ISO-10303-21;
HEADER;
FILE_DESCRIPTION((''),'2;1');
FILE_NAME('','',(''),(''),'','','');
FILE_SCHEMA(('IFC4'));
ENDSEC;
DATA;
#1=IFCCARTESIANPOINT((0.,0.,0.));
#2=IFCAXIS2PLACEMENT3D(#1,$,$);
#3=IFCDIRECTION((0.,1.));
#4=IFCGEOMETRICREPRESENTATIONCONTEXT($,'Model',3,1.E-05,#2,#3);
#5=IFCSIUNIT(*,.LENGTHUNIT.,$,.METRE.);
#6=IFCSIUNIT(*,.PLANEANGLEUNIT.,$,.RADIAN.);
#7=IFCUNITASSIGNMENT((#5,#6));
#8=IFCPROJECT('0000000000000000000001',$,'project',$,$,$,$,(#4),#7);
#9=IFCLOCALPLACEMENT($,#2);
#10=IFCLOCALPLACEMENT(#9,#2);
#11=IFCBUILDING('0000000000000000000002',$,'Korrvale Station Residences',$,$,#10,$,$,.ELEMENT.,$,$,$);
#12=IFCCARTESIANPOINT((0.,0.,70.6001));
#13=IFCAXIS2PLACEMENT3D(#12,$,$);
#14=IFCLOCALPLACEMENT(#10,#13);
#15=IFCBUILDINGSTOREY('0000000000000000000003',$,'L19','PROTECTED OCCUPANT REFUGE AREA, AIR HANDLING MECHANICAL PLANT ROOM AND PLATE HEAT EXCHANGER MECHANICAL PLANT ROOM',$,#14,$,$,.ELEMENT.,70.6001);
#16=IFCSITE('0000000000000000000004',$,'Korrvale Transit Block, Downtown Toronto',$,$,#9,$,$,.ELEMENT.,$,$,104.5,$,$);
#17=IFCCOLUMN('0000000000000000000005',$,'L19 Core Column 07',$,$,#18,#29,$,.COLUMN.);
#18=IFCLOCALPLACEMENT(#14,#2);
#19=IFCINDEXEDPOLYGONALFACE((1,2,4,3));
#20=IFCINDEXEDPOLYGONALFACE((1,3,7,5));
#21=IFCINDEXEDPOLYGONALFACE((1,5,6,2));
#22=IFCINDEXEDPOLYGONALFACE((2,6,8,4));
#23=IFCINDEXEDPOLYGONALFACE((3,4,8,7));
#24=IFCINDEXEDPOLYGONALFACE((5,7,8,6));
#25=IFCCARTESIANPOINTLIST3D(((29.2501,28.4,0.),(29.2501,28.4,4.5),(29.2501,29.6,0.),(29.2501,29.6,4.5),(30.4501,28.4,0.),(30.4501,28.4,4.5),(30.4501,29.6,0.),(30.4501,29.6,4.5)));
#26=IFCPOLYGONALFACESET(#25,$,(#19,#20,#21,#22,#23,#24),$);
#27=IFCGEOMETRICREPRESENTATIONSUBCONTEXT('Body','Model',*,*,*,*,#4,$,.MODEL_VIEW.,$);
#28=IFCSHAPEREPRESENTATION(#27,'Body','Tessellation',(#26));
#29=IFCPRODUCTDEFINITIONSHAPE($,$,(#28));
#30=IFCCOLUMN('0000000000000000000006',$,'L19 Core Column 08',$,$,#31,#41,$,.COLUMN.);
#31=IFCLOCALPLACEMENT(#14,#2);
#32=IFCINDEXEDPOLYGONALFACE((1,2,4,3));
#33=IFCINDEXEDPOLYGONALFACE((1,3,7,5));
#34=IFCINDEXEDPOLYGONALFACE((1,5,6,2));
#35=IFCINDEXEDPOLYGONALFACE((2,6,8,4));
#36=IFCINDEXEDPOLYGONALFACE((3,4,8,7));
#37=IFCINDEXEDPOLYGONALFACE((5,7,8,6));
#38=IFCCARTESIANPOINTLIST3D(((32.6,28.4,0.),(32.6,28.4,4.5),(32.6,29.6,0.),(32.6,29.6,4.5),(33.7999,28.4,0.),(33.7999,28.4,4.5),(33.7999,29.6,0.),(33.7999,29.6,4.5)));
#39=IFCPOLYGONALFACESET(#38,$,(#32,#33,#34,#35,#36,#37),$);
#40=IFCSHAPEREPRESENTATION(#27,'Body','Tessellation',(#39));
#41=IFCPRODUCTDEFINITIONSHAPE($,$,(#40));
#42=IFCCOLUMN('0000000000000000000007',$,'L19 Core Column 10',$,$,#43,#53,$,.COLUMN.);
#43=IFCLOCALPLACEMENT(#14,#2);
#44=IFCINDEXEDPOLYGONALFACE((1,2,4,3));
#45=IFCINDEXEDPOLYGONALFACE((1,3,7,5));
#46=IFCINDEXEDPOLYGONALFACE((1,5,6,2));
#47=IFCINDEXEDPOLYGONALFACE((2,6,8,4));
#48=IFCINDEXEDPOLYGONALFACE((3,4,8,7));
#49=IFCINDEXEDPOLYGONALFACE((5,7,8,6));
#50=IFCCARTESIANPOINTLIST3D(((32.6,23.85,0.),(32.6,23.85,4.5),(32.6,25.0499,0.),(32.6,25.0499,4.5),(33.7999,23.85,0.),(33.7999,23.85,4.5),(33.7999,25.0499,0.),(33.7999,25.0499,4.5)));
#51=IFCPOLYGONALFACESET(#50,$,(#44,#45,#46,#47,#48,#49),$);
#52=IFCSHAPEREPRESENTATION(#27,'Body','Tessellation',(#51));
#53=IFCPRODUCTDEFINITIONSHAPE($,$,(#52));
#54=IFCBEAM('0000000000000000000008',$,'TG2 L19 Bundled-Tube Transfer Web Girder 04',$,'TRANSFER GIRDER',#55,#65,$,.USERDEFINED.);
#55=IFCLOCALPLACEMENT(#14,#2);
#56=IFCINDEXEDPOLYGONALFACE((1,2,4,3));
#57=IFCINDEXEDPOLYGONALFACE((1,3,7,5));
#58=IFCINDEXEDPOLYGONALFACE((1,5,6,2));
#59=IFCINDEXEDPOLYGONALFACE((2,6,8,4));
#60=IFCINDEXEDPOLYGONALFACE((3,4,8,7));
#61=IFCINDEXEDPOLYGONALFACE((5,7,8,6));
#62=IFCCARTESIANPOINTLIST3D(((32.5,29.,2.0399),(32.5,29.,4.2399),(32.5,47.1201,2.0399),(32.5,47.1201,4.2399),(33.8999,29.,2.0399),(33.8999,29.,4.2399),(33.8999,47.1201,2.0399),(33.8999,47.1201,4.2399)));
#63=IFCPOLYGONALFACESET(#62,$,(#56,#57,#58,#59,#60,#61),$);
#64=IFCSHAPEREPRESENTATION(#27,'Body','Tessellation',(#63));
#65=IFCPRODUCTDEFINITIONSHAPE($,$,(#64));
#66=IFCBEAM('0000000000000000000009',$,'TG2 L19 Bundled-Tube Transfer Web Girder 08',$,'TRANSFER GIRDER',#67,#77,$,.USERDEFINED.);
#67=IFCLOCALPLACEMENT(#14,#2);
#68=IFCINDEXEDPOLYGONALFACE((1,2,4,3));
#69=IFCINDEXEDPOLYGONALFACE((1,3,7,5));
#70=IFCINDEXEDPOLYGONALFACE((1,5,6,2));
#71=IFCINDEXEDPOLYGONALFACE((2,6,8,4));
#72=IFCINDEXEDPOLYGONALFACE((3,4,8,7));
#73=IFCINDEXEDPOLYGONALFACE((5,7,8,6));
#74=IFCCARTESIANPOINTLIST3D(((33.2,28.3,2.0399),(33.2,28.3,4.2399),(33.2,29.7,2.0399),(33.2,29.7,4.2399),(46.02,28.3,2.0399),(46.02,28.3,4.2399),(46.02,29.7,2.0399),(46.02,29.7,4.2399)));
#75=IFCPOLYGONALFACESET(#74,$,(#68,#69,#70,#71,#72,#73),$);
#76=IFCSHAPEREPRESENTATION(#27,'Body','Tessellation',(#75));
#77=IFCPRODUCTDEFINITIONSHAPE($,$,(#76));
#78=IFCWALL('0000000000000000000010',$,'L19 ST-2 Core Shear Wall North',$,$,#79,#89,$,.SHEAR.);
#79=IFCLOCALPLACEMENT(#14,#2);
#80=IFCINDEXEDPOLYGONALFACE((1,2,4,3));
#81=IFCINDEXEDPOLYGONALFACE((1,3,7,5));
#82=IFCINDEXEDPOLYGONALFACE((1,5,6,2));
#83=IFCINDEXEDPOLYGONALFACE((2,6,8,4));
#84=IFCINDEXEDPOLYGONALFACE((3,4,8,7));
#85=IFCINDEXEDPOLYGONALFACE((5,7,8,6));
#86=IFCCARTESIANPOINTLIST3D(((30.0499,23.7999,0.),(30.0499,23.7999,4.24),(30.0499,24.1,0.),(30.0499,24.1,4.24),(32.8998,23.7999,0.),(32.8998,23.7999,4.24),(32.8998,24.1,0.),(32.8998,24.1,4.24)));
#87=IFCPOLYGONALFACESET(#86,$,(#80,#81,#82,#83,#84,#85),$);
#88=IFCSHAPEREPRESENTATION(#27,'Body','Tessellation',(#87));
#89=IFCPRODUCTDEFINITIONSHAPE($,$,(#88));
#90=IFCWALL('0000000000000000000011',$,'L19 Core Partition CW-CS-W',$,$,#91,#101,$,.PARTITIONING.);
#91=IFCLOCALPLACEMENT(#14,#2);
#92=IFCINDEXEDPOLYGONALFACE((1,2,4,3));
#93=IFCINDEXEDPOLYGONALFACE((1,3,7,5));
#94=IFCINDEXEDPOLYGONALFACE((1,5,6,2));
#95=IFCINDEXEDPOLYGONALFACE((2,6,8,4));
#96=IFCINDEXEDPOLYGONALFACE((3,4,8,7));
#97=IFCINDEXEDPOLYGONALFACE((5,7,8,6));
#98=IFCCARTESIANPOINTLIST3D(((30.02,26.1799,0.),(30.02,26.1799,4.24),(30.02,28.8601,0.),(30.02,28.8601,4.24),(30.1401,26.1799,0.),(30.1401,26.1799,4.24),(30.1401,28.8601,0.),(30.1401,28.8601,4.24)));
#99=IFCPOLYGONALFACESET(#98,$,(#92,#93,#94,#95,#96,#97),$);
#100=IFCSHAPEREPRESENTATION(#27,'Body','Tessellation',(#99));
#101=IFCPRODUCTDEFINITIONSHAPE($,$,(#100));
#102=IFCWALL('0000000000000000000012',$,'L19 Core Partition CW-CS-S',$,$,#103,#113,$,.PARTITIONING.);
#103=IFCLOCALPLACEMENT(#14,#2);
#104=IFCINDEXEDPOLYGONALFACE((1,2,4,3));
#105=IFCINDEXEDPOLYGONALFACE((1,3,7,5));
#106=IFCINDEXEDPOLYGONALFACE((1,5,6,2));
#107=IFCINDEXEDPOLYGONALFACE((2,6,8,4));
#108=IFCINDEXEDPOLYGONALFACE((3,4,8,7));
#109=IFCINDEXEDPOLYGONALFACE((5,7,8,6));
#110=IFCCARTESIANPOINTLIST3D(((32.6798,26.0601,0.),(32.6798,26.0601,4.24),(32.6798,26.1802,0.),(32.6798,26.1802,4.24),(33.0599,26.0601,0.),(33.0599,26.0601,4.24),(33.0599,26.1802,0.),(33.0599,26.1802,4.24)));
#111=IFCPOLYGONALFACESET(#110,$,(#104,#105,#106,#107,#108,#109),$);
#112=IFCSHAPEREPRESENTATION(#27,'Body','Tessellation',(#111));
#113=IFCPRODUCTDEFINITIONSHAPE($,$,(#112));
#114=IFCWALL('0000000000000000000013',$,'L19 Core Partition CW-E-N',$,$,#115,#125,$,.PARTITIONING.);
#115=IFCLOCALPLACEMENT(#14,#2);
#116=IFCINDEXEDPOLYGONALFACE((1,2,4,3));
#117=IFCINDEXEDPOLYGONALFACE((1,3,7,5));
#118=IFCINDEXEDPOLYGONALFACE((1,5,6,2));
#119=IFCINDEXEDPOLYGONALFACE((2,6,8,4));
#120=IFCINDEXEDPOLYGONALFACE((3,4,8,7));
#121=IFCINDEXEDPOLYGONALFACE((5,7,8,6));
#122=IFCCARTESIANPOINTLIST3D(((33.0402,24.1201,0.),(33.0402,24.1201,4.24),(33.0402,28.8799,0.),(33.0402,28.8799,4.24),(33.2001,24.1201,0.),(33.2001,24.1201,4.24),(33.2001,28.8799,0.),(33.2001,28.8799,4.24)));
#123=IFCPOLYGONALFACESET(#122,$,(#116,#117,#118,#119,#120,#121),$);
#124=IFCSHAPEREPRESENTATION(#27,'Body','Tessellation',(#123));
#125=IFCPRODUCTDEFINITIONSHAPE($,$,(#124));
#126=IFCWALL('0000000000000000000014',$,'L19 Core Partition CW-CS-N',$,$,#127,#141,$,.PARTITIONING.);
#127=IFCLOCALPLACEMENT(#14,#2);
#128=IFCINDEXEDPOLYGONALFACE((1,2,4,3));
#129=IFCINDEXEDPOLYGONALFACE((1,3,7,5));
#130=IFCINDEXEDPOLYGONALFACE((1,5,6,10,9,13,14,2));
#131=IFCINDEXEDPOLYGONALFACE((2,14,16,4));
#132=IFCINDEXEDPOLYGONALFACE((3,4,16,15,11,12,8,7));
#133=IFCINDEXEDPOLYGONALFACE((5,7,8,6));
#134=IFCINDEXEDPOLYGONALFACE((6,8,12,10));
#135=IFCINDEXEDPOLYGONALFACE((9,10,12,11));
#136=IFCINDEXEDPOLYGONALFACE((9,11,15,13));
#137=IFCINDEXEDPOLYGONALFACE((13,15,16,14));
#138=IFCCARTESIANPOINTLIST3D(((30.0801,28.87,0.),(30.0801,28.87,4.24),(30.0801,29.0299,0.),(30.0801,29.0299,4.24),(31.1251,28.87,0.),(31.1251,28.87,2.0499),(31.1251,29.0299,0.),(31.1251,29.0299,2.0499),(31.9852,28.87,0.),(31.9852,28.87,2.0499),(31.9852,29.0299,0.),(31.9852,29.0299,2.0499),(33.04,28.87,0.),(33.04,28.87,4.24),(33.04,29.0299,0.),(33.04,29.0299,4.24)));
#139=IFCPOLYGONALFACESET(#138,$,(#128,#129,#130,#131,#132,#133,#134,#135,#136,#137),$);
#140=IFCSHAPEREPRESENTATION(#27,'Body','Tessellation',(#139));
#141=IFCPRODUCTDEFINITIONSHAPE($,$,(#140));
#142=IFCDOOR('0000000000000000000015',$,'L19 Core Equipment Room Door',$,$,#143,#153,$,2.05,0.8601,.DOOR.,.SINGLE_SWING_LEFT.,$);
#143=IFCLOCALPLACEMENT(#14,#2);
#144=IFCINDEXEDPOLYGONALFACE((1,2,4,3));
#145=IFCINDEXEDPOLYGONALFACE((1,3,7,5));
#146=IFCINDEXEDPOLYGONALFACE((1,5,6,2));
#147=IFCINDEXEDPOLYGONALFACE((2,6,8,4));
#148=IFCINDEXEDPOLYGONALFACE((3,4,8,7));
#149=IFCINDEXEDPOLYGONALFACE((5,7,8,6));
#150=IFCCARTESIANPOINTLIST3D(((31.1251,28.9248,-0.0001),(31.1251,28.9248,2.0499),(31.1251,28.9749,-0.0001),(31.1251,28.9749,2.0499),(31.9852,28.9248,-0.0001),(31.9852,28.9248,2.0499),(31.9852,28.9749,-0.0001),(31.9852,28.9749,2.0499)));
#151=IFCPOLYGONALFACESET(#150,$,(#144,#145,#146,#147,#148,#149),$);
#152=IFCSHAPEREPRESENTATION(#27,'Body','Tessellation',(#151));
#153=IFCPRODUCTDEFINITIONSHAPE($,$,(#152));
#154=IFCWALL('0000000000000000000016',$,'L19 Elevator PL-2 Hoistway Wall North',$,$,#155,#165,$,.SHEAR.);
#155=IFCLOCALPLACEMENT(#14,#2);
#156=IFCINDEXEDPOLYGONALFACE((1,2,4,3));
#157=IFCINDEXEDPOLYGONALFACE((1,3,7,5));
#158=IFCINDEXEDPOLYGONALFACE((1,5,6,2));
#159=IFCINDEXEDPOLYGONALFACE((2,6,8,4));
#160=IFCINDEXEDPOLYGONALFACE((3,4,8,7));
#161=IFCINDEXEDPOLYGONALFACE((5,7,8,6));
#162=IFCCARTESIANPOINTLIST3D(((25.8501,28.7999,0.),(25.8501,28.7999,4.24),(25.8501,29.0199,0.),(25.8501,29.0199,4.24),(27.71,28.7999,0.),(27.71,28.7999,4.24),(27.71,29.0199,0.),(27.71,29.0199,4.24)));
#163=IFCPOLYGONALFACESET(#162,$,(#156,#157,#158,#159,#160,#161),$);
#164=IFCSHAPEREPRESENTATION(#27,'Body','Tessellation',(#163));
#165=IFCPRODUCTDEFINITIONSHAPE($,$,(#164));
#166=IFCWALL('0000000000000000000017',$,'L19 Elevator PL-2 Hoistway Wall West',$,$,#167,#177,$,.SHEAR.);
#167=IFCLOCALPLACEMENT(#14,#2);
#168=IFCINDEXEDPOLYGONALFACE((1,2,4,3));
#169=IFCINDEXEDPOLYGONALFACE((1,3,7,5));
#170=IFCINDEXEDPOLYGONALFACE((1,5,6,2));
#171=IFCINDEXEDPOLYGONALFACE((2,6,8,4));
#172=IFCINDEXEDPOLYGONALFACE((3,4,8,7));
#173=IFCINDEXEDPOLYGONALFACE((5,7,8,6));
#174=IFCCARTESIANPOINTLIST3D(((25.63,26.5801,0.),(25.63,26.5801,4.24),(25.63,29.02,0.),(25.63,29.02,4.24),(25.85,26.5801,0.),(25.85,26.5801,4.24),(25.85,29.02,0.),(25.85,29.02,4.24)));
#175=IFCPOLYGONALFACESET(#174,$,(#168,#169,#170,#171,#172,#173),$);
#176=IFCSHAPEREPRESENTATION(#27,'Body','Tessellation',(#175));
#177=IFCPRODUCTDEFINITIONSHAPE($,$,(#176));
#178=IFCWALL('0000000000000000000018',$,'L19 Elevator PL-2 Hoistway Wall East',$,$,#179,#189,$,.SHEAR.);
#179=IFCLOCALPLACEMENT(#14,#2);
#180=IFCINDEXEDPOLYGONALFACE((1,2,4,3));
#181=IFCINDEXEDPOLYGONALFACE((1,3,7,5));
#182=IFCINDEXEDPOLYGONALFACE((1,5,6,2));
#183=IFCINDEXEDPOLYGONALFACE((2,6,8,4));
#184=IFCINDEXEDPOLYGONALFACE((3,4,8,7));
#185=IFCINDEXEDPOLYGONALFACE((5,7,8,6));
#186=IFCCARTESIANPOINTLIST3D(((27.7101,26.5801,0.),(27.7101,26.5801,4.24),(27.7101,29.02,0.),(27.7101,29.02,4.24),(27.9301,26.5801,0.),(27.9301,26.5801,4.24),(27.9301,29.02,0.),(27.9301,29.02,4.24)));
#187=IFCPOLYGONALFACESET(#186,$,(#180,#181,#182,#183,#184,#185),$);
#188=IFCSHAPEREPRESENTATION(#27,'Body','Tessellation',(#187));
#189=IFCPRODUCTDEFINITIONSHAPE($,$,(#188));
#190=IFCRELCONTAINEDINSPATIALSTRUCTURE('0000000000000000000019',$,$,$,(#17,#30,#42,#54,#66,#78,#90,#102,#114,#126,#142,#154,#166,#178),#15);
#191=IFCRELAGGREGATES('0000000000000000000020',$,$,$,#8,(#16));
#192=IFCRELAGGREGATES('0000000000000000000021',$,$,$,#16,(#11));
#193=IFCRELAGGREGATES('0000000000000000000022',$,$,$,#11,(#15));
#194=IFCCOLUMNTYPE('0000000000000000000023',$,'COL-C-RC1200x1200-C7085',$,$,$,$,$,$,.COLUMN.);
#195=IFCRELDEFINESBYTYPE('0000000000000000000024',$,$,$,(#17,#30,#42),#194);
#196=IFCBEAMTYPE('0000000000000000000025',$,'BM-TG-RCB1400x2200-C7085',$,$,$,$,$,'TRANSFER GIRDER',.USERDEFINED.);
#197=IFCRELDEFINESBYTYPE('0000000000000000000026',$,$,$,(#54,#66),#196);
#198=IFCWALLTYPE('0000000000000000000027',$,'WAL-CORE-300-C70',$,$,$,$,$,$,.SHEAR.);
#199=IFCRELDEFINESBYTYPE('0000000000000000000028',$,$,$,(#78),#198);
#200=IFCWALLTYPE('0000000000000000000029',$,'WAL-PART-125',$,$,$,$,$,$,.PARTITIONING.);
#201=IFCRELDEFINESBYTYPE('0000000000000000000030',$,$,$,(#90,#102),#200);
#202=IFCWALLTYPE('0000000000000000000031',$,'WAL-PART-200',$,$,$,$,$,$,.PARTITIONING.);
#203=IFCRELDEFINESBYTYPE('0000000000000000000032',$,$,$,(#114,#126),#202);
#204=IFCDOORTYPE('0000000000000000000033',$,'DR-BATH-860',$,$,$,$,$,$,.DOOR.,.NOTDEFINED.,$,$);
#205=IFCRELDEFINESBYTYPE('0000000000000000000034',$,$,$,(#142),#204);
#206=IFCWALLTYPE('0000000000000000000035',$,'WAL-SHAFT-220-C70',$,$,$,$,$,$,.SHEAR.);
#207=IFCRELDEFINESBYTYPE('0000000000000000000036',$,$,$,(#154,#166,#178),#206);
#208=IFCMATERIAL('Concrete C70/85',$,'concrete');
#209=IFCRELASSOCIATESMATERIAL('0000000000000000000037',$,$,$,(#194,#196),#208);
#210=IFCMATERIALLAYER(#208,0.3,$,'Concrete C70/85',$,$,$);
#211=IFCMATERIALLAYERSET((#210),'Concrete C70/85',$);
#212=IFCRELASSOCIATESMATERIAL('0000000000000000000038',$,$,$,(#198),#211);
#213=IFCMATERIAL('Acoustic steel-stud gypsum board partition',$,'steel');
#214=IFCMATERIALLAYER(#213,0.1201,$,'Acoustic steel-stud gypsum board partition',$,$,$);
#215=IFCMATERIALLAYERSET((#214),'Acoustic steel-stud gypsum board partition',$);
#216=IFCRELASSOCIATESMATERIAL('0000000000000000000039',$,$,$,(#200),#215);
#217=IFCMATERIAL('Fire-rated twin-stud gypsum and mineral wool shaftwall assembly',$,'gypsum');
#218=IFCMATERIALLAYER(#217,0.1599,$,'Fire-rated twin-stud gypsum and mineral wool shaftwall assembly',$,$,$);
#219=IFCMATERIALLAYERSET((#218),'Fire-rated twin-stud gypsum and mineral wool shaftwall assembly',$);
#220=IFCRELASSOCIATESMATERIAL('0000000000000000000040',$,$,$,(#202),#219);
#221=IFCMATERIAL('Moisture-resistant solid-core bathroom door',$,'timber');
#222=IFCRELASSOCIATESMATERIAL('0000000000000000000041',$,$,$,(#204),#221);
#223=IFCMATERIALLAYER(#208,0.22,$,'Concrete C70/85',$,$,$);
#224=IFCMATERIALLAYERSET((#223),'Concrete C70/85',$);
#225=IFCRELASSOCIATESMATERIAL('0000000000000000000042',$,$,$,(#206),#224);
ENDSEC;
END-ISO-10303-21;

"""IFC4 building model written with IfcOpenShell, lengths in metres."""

from ifc_helpers import new_model, si_unit, direction, frame, frame_2d, origin, origin_2d, place, context, subcontext, project, spatial, rectangle, extrude, material, layer, layer_set, material_profile, profile_set, type_object, element, fill, save


model = new_model("IFC4")

# Units and contexts
model_context = context("Model", 3, precision=1e-05, world=origin(), true_north=direction((0.0, 1.0)))
body_context = subcontext(model_context, "Body", "Model", "MODEL_VIEW")
ifc_project = project(units=[si_unit("LENGTHUNIT", "METRE"), si_unit("PLANEANGLEUNIT", "RADIAN")], contexts=[model_context])

# Site, building, storey
site_placement = place(None, origin())
site = spatial("IfcSite", under=ifc_project, at=site_placement, Name="Korrvale Transit Block, Downtown Toronto", CompositionType="ELEMENT", RefElevation=104.5)
building_placement = place(site_placement, origin())
building = spatial("IfcBuilding", under=site, at=building_placement, Name="Korrvale Station Residences", CompositionType="ELEMENT")
storey_placement = place(building_placement, frame((0.0, 0.0, 70.6001)))
storey = spatial("IfcBuildingStorey", under=building, at=storey_placement, Name="L19", Description="PROTECTED OCCUPANT REFUGE AREA, AIR HANDLING MECHANICAL PLANT ROOM AND PLATE HEAT EXCHANGER MECHANICAL PLANT ROOM", CompositionType="ELEMENT", Elevation=70.6001)

# Columns
ifc_material_1 = material(Name="Concrete C70/85", Category="concrete")
ifc_material_profile_1 = material_profile(ifc_material_1, rectangle(XDim=1.2, YDim=1.2, at=origin_2d()), Name="RC1200x1200")
ifc_profile_set_1 = profile_set([ifc_material_profile_1], Name="Concrete C70/85")
column_type = type_object("IfcColumnType", Name="COL-C-RC1200x1200-C7085", PredefinedType="COLUMN", material=ifc_profile_set_1)
for number, where, z_axis, x_axis, name in (
    (1, (29.8501, 29.0, 0.0), (0.0, 0.0, 1.0), (1.0, 0.0, 0.0), "L19 Core Column 07"),
    (2, (33.2, 29.0, 0.0), (0.0, 0.0, 1.0), (1.0, 0.0, 0.0), "L19 Core Column 08"),
    (3, (33.2, 24.45, 0.0), (0.0, 0.0, 1.0), (1.0, 0.0, 0.0), "L19 Core Column 10"),
):
    element("IfcColumn", number, at=place(storey_placement, frame(where, z_axis=z_axis, x_axis=x_axis)), inside=storey, type_object=column_type, Name=name, PredefinedType="COLUMN", context=body_context, shape_type="SweptSolid", body=[
        extrude(rectangle(XDim=1.2, YDim=1.2, at=origin_2d()), origin(), (0.0, 0.0, 1.0), 4.5),
    ])

# Beams
ifc_material_profile_2 = material_profile(ifc_material_1, rectangle(XDim=1.3999, YDim=2.2, at=origin_2d()), Name="RCB1400x2200")
ifc_profile_set_2 = profile_set([ifc_material_profile_2], Name="Concrete C70/85")
beam_type = type_object("IfcBeamType", Name="BM-TG-RCB1400x2200-C7085", ElementType="TRANSFER GIRDER", PredefinedType="USERDEFINED", material=ifc_profile_set_2)
beam_1_placement = place(storey_placement, frame((33.2, 29.0, 3.1399), z_axis=(0.0, 1.0, 0.0), x_axis=(-1.0, 0.0, 0.0)))
element("IfcBeam", 4, at=beam_1_placement, inside=storey, type_object=beam_type, Name="TG2 L19 Bundled-Tube Transfer Web Girder 04", ObjectType="TRANSFER GIRDER", PredefinedType="USERDEFINED", context=body_context, shape_type="SweptSolid", body=[
    extrude(rectangle(XDim=1.3999, YDim=2.2, at=origin_2d()), origin(), (0.0, 0.0, 1.0), 18.1201),
])
beam_2_placement = place(storey_placement, frame((33.2, 29.0, 3.1399), z_axis=(1.0, 0.0, 0.0), x_axis=(0.0, 1.0, 0.0)))
element("IfcBeam", 5, at=beam_2_placement, inside=storey, type_object=beam_type, Name="TG2 L19 Bundled-Tube Transfer Web Girder 08", ObjectType="TRANSFER GIRDER", PredefinedType="USERDEFINED", context=body_context, shape_type="SweptSolid", body=[
    extrude(rectangle(XDim=1.3999, YDim=2.2, at=origin_2d()), origin(), (0.0, 0.0, 1.0), 12.8201),
])

# Walls
ifc_layer_1 = layer(ifc_material_1, 0.3, Name="Concrete C70/85")
ifc_layer_set_1 = layer_set([ifc_layer_1], Name="Concrete C70/85")
wall_type_1 = type_object("IfcWallType", Name="WAL-CORE-300-C70", PredefinedType="SHEAR", material=ifc_layer_set_1)
wall_1_placement = place(storey_placement, frame((30.05, 23.95, 0.0), z_axis=(0.0, 0.0, 1.0), x_axis=(1.0, 0.0, 0.0)))
element("IfcWall", 6, at=wall_1_placement, inside=storey, type_object=wall_type_1, Name="L19 ST-2 Core Shear Wall North", PredefinedType="SHEAR", context=body_context, shape_type="SweptSolid", body=[
    extrude(rectangle(XDim=2.8499, YDim=0.3, at=frame_2d((1.4248, 0.0))), origin(), (0.0, 0.0, 1.0), 4.24),
])
ifc_material_2 = material(Name="Acoustic steel-stud gypsum board partition", Category="steel")
ifc_layer_2 = layer(ifc_material_2, 0.1201, Name="Acoustic steel-stud gypsum board partition")
ifc_layer_set_2 = layer_set([ifc_layer_2], Name="Acoustic steel-stud gypsum board partition")
wall_type_2 = type_object("IfcWallType", Name="WAL-PART-125", PredefinedType="PARTITIONING", material=ifc_layer_set_2)
wall_2_placement = place(storey_placement, frame((30.0801, 26.1799, 0.0), z_axis=(0.0, 0.0, 1.0), x_axis=(0.0, 1.0, 0.0)))
element("IfcWall", 7, at=wall_2_placement, inside=storey, type_object=wall_type_2, Name="L19 Core Partition CW-CS-W", PredefinedType="PARTITIONING", context=body_context, shape_type="SweptSolid", body=[
    extrude(rectangle(XDim=2.6802, YDim=0.1201, at=frame_2d((1.3401, 0.0))), origin(), (0.0, 0.0, 1.0), 4.24),
])
wall_3_placement = place(storey_placement, frame((32.6799, 26.1201, 0.0), z_axis=(0.0, 0.0, 1.0), x_axis=(1.0, 0.0, 0.0)))
element("IfcWall", 8, at=wall_3_placement, inside=storey, type_object=wall_type_2, Name="L19 Core Partition CW-CS-S", PredefinedType="PARTITIONING", context=body_context, shape_type="SweptSolid", body=[
    extrude(rectangle(XDim=0.3801, YDim=0.1201, at=frame_2d((0.1899, 0.0))), origin(), (0.0, 0.0, 1.0), 4.24),
])
ifc_material_3 = material(Name="Fire-rated twin-stud gypsum and mineral wool shaftwall assembly", Category="gypsum")
ifc_layer_3 = layer(ifc_material_3, 0.1599, Name="Fire-rated twin-stud gypsum and mineral wool shaftwall assembly")
ifc_layer_set_3 = layer_set([ifc_layer_3], Name="Fire-rated twin-stud gypsum and mineral wool shaftwall assembly")
wall_type_3 = type_object("IfcWallType", Name="WAL-PART-200", PredefinedType="PARTITIONING", material=ifc_layer_set_3)
wall_4_placement = place(storey_placement, frame((33.1201, 24.1201, 0.0), z_axis=(0.0, 0.0, 1.0), x_axis=(0.0, 1.0, 0.0)))
element("IfcWall", 9, at=wall_4_placement, inside=storey, type_object=wall_type_3, Name="L19 Core Partition CW-E-N", PredefinedType="PARTITIONING", context=body_context, shape_type="SweptSolid", body=[
    extrude(rectangle(XDim=4.7598, YDim=0.1599, at=frame_2d((2.3799, 0.0))), origin(), (0.0, 0.0, 1.0), 4.24),
])

# Wall, opening, door
wall_5_placement = place(storey_placement, frame((30.0801, 28.95, 0.0), z_axis=(0.0, 0.0, 1.0), x_axis=(1.0, 0.0, 0.0)))
wall_5 = element("IfcWall", 10, at=wall_5_placement, inside=storey, type_object=wall_type_3, Name="L19 Core Partition CW-CS-N", PredefinedType="PARTITIONING", context=body_context, shape_type="SweptSolid", body=[
    extrude(rectangle(XDim=2.96, YDim=0.1599, at=frame_2d((1.48, 0.0))), origin(), (0.0, 0.0, 1.0), 4.24),
])
opening_1_placement = place(wall_5_placement, frame((1.0449, 0.0, 0.0)))
opening_1 = element("IfcOpeningElement", 11, at=opening_1_placement, cuts=wall_5, PredefinedType="OPENING", context=body_context, shape_type="SweptSolid", body=[
    extrude(rectangle(XDim=0.8601, YDim=2.05, at=frame_2d((0.4302, 1.0249))), frame((0.0, 0.0898, 0.0), z_axis=(0.0, -1.0, 0.0), x_axis=(1.0, 0.0, 0.0)), (0.0, 0.0, 1.0), 0.1799),
])
ifc_material_4 = material(Name="Moisture-resistant solid-core bathroom door", Category="timber")
door_type_1 = type_object("IfcDoorType", Name="DR-BATH-860", OperationType="NOTDEFINED", PredefinedType="DOOR", material=ifc_material_4)
door_1_placement = place(opening_1_placement, origin())
door_1 = element("IfcDoor", 12, at=door_1_placement, inside=storey, type_object=door_type_1, Name="L19 Core Equipment Room Door", OperationType="SINGLE_SWING_LEFT", OverallHeight=2.05, OverallWidth=0.8601, PredefinedType="DOOR", context=body_context, shape_type="SweptSolid", body=[
    extrude(rectangle(XDim=0.8601, YDim=2.05, at=frame_2d((0.4302, 1.0249))), frame((0.0, 0.0249, 0.0), z_axis=(0.0, -1.0, 0.0), x_axis=(1.0, 0.0, 0.0)), (0.0, 0.0, 1.0), 0.05),
])
fill(opening_1, door_1)
ifc_layer_4 = layer(ifc_material_1, 0.22, Name="Concrete C70/85")
ifc_layer_set_4 = layer_set([ifc_layer_4], Name="Concrete C70/85")
wall_type_4 = type_object("IfcWallType", Name="WAL-SHAFT-220-C70", PredefinedType="SHEAR", material=ifc_layer_set_4)

# Walls
wall_6_placement = place(storey_placement, frame((25.8501, 28.9099, 0.0), z_axis=(0.0, 0.0, 1.0), x_axis=(1.0, 0.0, 0.0)))
element("IfcWall", 13, at=wall_6_placement, inside=storey, type_object=wall_type_4, Name="L19 Elevator PL-2 Hoistway Wall North", PredefinedType="SHEAR", context=body_context, shape_type="SweptSolid", body=[
    extrude(rectangle(XDim=1.8599, YDim=0.22, at=frame_2d((0.9299, 0.0))), origin(), (0.0, 0.0, 1.0), 4.24),
])
for number, where, z_axis, x_axis, name in (
    (14, (25.74, 26.5801, 0.0), (0.0, 0.0, 1.0), (0.0, 1.0, 0.0), "L19 Elevator PL-2 Hoistway Wall West"),
    (15, (27.8201, 26.5801, 0.0), (0.0, 0.0, 1.0), (0.0, 1.0, 0.0), "L19 Elevator PL-2 Hoistway Wall East"),
):
    element("IfcWall", number, at=place(storey_placement, frame(where, z_axis=z_axis, x_axis=x_axis)), inside=storey, type_object=wall_type_4, Name=name, PredefinedType="SHEAR", context=body_context, shape_type="SweptSolid", body=[
        extrude(rectangle(XDim=2.4399, YDim=0.22, at=frame_2d((1.22, 0.0))), origin(), (0.0, 0.0, 1.0), 4.24),
    ])

save(model, "model.ifc")
